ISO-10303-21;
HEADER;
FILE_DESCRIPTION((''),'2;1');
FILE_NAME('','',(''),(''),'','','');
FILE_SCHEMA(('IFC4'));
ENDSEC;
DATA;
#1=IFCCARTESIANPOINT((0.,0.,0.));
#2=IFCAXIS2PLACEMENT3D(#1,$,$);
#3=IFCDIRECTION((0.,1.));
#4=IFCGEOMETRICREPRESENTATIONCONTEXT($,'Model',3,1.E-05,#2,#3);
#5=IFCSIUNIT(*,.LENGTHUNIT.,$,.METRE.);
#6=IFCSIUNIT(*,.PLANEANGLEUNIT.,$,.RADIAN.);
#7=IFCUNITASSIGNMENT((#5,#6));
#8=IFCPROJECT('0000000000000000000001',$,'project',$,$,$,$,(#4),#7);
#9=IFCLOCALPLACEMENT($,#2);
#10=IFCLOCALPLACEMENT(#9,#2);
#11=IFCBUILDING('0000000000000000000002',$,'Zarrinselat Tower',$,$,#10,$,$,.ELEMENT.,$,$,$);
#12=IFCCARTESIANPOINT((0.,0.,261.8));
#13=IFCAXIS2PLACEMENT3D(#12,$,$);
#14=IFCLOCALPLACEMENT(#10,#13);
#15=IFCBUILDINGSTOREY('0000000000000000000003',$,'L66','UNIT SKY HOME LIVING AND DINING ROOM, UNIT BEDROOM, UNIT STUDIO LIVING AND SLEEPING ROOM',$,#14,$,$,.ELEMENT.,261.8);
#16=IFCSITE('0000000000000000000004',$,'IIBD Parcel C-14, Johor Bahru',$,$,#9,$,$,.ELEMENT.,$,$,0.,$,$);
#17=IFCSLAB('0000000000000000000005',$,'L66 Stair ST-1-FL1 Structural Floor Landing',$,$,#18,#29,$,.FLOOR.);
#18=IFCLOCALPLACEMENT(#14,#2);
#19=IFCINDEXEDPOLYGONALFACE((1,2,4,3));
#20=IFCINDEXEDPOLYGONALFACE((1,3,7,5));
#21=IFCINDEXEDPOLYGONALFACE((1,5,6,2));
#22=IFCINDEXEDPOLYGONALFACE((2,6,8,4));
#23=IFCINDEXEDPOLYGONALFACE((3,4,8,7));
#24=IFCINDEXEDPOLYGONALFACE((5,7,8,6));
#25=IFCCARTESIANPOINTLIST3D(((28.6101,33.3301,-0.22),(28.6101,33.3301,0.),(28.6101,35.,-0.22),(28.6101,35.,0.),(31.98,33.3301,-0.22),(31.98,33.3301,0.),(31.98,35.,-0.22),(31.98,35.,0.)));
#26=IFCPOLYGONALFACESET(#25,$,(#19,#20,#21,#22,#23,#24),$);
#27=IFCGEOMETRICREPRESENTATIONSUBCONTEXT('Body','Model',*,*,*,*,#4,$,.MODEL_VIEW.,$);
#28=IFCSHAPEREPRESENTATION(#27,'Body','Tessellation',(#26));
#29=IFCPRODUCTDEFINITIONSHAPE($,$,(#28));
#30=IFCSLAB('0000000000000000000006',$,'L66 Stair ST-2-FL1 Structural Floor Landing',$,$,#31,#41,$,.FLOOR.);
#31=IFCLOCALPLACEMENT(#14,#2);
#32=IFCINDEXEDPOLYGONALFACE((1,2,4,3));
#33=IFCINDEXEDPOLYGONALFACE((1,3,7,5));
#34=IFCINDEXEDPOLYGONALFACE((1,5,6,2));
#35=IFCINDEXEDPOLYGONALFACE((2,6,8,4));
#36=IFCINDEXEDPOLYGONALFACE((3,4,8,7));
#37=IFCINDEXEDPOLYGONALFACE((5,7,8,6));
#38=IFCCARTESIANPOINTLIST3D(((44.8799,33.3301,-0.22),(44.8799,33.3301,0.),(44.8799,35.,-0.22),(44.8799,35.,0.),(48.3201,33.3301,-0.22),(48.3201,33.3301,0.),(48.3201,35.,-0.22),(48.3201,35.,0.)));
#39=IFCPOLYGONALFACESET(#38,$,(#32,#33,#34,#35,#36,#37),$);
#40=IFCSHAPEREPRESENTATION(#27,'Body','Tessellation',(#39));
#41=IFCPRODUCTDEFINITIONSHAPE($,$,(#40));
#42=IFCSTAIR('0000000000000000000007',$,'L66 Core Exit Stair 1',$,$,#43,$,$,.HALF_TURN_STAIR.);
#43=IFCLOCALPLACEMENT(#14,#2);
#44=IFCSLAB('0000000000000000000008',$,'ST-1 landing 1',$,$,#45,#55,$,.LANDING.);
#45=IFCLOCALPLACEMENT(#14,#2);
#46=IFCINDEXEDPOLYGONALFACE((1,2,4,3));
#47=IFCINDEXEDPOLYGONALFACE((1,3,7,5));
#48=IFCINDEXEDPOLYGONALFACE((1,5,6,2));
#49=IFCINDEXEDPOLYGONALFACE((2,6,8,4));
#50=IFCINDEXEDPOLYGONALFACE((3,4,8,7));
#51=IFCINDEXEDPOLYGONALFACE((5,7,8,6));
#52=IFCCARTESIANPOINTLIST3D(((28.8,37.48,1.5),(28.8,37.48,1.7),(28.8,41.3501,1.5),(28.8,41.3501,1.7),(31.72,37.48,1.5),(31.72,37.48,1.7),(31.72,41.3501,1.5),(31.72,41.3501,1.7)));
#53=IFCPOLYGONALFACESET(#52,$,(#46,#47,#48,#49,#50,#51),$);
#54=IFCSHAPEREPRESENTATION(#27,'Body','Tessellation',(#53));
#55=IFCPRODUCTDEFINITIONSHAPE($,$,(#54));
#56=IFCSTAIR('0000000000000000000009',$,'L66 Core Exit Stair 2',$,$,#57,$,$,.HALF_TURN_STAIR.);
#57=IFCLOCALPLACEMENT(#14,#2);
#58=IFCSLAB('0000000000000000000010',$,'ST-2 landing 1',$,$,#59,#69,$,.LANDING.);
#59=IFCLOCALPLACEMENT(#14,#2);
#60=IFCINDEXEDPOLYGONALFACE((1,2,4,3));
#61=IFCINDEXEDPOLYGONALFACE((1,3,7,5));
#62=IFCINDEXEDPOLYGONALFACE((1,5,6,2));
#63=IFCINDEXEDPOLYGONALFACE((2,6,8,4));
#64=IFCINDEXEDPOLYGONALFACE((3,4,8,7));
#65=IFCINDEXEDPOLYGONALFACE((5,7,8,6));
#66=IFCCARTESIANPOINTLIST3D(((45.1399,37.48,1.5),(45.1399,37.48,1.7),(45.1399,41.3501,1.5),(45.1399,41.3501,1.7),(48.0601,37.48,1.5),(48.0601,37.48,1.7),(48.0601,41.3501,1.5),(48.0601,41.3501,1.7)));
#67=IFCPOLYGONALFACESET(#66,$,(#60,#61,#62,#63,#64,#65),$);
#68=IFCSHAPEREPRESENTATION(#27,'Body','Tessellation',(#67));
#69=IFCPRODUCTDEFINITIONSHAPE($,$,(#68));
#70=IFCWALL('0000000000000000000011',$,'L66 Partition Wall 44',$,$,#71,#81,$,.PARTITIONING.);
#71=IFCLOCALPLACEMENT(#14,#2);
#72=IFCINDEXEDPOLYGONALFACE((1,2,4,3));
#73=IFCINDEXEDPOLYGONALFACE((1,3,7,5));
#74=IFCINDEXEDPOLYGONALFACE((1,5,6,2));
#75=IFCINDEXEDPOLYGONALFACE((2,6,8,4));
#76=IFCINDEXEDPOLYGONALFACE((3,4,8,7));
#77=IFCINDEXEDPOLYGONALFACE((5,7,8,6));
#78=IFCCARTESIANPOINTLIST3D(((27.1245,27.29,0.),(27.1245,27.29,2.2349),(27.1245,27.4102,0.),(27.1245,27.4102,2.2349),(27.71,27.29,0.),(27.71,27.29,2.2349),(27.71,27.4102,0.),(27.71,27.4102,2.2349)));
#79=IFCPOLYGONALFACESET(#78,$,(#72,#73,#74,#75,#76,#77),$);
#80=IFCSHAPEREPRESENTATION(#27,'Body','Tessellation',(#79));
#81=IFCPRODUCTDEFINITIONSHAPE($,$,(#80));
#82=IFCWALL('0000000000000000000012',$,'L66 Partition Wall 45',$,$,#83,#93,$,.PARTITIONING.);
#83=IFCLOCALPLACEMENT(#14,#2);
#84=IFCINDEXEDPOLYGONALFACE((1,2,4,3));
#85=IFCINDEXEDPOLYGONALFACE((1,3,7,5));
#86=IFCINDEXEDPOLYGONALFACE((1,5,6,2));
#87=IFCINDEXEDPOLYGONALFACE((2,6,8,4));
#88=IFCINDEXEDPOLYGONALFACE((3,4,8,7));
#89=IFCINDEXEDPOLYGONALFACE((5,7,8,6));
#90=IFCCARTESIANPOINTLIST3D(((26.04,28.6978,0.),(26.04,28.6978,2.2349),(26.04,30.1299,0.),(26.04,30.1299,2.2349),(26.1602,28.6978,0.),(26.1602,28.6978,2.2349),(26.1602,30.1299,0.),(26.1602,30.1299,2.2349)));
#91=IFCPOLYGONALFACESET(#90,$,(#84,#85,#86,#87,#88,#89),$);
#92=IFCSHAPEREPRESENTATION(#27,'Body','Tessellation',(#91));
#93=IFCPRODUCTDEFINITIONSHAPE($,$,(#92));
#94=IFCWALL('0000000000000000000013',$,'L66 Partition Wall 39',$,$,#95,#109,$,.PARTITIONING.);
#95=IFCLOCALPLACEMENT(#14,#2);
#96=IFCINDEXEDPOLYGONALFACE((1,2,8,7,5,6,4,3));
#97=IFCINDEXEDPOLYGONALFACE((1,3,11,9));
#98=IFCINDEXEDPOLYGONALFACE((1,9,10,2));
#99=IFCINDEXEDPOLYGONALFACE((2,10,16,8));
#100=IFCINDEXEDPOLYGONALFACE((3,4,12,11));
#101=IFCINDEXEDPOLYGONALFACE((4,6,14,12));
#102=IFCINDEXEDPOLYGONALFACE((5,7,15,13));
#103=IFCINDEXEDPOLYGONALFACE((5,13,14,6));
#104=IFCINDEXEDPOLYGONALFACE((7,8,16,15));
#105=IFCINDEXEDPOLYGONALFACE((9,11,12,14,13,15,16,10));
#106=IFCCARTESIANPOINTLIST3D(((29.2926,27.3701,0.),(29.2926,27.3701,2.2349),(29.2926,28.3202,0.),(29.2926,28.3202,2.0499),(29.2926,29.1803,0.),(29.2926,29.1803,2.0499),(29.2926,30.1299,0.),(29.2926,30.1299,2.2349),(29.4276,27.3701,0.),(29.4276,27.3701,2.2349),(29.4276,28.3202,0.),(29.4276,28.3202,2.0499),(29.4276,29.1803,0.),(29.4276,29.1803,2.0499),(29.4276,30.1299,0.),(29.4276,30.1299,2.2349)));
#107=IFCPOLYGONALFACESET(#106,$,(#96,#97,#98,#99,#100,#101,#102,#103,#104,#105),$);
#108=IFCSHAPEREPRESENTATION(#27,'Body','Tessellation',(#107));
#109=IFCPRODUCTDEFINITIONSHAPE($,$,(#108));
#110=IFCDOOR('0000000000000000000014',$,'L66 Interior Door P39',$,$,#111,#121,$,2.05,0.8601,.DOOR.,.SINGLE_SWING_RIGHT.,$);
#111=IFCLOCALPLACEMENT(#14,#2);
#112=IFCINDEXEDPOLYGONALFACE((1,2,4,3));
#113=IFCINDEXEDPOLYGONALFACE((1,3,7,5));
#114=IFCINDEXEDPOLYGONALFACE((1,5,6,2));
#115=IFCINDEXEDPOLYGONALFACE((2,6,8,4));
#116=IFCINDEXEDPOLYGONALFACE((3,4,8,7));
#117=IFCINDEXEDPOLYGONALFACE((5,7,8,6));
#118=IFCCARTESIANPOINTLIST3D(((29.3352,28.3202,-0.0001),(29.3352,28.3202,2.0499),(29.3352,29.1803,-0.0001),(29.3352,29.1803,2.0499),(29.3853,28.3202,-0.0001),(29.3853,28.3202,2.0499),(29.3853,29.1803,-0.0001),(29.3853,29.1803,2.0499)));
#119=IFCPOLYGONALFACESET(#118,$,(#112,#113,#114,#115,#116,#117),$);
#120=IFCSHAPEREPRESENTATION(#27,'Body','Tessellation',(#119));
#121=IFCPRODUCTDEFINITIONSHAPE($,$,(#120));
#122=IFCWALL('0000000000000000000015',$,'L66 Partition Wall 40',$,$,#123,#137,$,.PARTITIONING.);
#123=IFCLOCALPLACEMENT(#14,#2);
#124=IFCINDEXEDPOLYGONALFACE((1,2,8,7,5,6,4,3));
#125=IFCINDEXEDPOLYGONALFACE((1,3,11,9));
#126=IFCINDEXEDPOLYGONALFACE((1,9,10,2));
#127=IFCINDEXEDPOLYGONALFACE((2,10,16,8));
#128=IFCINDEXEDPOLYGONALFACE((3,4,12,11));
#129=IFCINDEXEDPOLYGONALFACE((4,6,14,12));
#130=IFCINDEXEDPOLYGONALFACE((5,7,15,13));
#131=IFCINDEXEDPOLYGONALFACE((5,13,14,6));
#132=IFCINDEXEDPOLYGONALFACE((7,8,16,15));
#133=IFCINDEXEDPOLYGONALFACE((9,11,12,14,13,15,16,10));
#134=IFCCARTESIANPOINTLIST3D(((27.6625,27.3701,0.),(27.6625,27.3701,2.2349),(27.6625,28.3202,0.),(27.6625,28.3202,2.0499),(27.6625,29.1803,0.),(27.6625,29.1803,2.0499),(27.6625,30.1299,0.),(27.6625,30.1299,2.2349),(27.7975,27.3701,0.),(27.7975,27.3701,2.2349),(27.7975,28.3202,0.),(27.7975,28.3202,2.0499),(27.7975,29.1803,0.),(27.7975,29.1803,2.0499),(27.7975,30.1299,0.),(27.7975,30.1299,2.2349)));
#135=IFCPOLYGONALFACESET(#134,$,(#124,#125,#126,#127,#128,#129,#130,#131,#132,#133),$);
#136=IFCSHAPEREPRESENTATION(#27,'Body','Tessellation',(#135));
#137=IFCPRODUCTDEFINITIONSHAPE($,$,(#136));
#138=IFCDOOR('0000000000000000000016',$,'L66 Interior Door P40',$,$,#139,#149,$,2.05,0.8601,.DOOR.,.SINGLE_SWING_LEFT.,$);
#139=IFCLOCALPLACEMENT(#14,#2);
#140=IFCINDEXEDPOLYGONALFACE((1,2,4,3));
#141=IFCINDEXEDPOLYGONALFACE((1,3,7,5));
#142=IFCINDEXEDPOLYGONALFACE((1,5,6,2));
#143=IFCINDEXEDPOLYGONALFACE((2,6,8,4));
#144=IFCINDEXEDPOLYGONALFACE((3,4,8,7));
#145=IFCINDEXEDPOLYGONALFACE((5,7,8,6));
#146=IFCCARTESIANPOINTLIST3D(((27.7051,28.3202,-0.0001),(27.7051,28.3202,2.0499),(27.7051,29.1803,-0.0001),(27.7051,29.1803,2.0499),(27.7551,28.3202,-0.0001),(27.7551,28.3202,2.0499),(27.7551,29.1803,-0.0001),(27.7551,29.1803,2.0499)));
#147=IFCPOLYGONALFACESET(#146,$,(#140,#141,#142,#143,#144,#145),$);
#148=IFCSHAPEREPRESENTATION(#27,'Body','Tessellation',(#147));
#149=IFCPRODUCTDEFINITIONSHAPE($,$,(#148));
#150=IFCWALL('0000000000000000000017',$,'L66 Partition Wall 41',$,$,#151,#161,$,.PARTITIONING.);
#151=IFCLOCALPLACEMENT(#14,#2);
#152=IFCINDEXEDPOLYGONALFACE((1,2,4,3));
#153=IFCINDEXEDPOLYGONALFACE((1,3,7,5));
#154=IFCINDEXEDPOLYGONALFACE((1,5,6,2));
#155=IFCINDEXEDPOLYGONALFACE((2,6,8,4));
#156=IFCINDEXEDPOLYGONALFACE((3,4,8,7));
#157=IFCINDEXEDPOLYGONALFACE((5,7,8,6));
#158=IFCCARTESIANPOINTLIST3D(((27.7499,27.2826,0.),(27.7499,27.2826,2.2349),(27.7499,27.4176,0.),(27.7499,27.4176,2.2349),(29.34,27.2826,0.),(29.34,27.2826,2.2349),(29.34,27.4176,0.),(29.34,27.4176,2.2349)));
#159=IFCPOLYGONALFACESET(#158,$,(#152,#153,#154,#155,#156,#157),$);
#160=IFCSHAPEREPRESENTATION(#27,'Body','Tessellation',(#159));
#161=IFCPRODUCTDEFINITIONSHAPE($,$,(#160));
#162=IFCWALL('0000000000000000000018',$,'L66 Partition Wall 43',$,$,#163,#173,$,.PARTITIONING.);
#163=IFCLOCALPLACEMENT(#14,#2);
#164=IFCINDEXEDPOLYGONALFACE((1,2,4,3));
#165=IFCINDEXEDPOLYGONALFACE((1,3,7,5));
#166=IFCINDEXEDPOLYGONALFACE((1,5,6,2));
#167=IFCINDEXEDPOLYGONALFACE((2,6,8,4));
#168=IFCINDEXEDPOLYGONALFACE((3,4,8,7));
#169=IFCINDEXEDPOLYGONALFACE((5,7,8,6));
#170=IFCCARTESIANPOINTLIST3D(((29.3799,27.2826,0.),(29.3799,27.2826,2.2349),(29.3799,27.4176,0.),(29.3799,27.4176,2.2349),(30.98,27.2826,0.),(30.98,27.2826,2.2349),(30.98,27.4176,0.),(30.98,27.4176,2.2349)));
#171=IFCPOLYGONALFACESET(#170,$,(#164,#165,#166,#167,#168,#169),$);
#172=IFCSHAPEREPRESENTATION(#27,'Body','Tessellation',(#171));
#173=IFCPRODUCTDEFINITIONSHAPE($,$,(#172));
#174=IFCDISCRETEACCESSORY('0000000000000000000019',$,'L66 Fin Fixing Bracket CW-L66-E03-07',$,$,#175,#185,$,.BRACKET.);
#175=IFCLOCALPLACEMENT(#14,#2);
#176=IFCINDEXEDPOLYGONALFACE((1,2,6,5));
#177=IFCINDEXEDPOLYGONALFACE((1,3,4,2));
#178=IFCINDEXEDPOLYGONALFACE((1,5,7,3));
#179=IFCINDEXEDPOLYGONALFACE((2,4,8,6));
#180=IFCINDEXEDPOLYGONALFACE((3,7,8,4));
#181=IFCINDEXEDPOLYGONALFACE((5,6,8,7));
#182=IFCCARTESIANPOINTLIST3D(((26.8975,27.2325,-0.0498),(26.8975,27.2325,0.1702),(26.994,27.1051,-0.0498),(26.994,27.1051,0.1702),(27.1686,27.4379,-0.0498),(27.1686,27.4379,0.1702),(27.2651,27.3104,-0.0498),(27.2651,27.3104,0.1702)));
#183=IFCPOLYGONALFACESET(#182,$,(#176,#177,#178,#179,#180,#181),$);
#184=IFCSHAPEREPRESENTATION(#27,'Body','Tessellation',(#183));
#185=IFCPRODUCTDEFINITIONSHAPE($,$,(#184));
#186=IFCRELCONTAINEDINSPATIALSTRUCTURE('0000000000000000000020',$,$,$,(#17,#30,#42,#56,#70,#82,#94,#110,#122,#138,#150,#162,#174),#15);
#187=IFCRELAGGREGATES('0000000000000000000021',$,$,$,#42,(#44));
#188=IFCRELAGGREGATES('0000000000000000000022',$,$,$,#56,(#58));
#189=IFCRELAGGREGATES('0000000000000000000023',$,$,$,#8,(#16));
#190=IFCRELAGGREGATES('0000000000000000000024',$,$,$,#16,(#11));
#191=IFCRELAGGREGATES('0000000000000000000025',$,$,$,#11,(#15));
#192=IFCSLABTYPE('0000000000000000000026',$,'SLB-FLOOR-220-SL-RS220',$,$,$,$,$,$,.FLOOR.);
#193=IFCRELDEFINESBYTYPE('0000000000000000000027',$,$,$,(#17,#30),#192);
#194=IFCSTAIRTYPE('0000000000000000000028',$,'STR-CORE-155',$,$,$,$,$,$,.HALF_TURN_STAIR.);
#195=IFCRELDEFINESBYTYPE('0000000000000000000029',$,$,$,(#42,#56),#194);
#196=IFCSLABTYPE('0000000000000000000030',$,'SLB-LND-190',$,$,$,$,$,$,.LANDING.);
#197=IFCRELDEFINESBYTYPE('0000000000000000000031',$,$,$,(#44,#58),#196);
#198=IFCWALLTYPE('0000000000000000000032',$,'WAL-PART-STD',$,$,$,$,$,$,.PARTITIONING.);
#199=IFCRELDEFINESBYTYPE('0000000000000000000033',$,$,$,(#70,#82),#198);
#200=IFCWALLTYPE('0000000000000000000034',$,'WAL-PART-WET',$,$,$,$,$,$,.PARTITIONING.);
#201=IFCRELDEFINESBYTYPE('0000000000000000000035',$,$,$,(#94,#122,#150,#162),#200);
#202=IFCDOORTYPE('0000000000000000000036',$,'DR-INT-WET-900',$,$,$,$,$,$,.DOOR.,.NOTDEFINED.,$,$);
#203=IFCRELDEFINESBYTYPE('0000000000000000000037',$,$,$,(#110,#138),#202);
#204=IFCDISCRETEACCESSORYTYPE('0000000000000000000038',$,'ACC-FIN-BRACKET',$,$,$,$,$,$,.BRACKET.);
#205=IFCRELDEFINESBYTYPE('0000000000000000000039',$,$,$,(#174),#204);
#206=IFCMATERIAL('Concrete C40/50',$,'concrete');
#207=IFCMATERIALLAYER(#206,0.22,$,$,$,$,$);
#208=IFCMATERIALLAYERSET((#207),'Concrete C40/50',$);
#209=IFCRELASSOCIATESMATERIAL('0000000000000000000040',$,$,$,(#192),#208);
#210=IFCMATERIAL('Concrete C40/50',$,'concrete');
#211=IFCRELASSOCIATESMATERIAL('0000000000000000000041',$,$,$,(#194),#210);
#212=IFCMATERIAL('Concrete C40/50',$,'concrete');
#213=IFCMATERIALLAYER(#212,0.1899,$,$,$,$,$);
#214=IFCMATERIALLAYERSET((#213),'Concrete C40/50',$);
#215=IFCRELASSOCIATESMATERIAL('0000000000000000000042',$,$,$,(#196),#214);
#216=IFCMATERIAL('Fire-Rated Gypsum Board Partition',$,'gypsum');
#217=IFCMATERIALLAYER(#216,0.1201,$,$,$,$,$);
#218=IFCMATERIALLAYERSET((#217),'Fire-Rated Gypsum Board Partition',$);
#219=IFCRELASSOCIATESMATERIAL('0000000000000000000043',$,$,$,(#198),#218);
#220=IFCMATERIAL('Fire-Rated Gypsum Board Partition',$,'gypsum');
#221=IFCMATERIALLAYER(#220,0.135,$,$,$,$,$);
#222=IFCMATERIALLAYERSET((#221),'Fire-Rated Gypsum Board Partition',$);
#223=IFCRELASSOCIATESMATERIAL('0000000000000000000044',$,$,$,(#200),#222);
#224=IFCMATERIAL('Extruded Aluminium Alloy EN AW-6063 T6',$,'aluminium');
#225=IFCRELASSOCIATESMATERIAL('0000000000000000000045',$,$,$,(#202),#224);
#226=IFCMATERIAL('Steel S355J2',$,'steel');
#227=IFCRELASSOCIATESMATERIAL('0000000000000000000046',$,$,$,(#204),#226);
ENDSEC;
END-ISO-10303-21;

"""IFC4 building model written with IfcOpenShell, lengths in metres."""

from ifc_helpers import new_model, si_unit, direction, frame, frame_2d, origin, origin_2d, place, context, subcontext, project, spatial, polyline, rectangle, outline, extrude, material, layer, layer_set, type_object, element, fill, aggregate, save


model = new_model("IFC4")

# Units and contexts
model_context = context("Model", 3, precision=1e-05, world=origin(), true_north=direction((0.0, 1.0)))
body_context = subcontext(model_context, "Body", "Model", "MODEL_VIEW")
ifc_project = project(units=[si_unit("LENGTHUNIT", "METRE"), si_unit("PLANEANGLEUNIT", "RADIAN")], contexts=[model_context])

# Site, building, storey
site_placement = place(None, origin())
site = spatial("IfcSite", under=ifc_project, at=site_placement, Name="IIBD Parcel C-14, Johor Bahru", CompositionType="ELEMENT", RefElevation=0.0)
building_placement = place(site_placement, origin())
building = spatial("IfcBuilding", under=site, at=building_placement, Name="Zarrinselat Tower", CompositionType="ELEMENT")
storey_placement = place(building_placement, frame((0.0, 0.0, 261.8)))
storey = spatial("IfcBuildingStorey", under=building, at=storey_placement, Name="L66", Description="UNIT SKY HOME LIVING AND DINING ROOM, UNIT BEDROOM, UNIT STUDIO LIVING AND SLEEPING ROOM", CompositionType="ELEMENT", Elevation=261.8)

# Slabs
ifc_material_1 = material(Name="Concrete C40/50", Category="concrete")
ifc_layer_1 = layer(ifc_material_1, 0.22)
ifc_layer_set_1 = layer_set([ifc_layer_1], Name="Concrete C40/50")
slab_type_1 = type_object("IfcSlabType", Name="SLB-FLOOR-220-SL-RS220", PredefinedType="FLOOR", material=ifc_layer_set_1)
slab_1_placement = place(storey_placement, frame((0.0, 0.0, -0.22)))
element("IfcSlab", 1, at=slab_1_placement, inside=storey, type_object=slab_type_1, Name="L66 Stair ST-1-FL1 Structural Floor Landing", PredefinedType="FLOOR", context=body_context, shape_type="SweptSolid", body=[
    extrude(outline(polyline([(31.98, 33.3301), (31.98, 35.0), (28.6101, 35.0), (28.6101, 33.3301), (31.98, 33.3301)])), origin(), (0.0, 0.0, 1.0), 0.22),
])
slab_2_placement = place(storey_placement, frame((0.0, 0.0, -0.22)))
element("IfcSlab", 2, at=slab_2_placement, inside=storey, type_object=slab_type_1, Name="L66 Stair ST-2-FL1 Structural Floor Landing", PredefinedType="FLOOR", context=body_context, shape_type="SweptSolid", body=[
    extrude(outline(polyline([(48.3201, 33.3301), (48.3201, 35.0), (44.8799, 35.0), (44.8799, 33.3301), (48.3201, 33.3301)])), origin(), (0.0, 0.0, 1.0), 0.22),
])

# Stairs, slabs
ifc_material_2 = material(Name="Concrete C40/50", Category="concrete")
stair_type = type_object("IfcStairType", Name="STR-CORE-155", PredefinedType="HALF_TURN_STAIR", material=ifc_material_2)
stair_1_placement = place(storey_placement, origin())
stair_1 = element("IfcStair", 3, at=stair_1_placement, inside=storey, type_object=stair_type, Name="L66 Core Exit Stair 1", PredefinedType="HALF_TURN_STAIR")
ifc_material_3 = material(Name="Concrete C40/50", Category="concrete")
ifc_layer_2 = layer(ifc_material_3, 0.1899)
ifc_layer_set_2 = layer_set([ifc_layer_2], Name="Concrete C40/50")
slab_type_2 = type_object("IfcSlabType", Name="SLB-LND-190", PredefinedType="LANDING", material=ifc_layer_set_2)
slab_3_placement = place(storey_placement, frame((0.0, 0.0, 1.5)))
slab_3 = element("IfcSlab", 4, at=slab_3_placement, type_object=slab_type_2, Name="ST-1 landing 1", PredefinedType="LANDING", context=body_context, shape_type="SweptSolid", body=[
    extrude(outline(polyline([(31.72, 37.48), (31.72, 41.3501), (28.8, 41.3501), (28.8, 37.48), (31.72, 37.48)])), origin(), (0.0, 0.0, 1.0), 0.2),
])
aggregate(stair_1, [slab_3])
stair_2_placement = place(storey_placement, origin())
stair_2 = element("IfcStair", 5, at=stair_2_placement, inside=storey, type_object=stair_type, Name="L66 Core Exit Stair 2", PredefinedType="HALF_TURN_STAIR")
slab_4_placement = place(storey_placement, frame((0.0, 0.0, 1.5)))
slab_4 = element("IfcSlab", 6, at=slab_4_placement, type_object=slab_type_2, Name="ST-2 landing 1", PredefinedType="LANDING", context=body_context, shape_type="SweptSolid", body=[
    extrude(outline(polyline([(48.0601, 37.48), (48.0601, 41.3501), (45.1399, 41.3501), (45.1399, 37.48), (48.0601, 37.48)])), origin(), (0.0, 0.0, 1.0), 0.2),
])
aggregate(stair_2, [slab_4])

# Walls
ifc_material_4 = material(Name="Fire-Rated Gypsum Board Partition", Category="gypsum")
ifc_layer_3 = layer(ifc_material_4, 0.1201)
ifc_layer_set_3 = layer_set([ifc_layer_3], Name="Fire-Rated Gypsum Board Partition")
wall_type_1 = type_object("IfcWallType", Name="WAL-PART-STD", PredefinedType="PARTITIONING", material=ifc_layer_set_3)
wall_1_placement = place(storey_placement, frame((27.1245, 27.3501, 0.0), z_axis=(0.0, 0.0, 1.0), x_axis=(1.0, 0.0, 0.0)))
element("IfcWall", 7, at=wall_1_placement, inside=storey, type_object=wall_type_1, Name="L66 Partition Wall 44", PredefinedType="PARTITIONING", context=body_context, shape_type="SweptSolid", body=[
    extrude(rectangle(XDim=0.5854, YDim=0.1201, at=frame_2d((0.2927, 0.0))), origin(), (0.0, 0.0, 1.0), 2.2349),
])
wall_2_placement = place(storey_placement, frame((26.1001, 28.6978, 0.0), z_axis=(0.0, 0.0, 1.0), x_axis=(0.0, 1.0, 0.0)))
element("IfcWall", 8, at=wall_2_placement, inside=storey, type_object=wall_type_1, Name="L66 Partition Wall 45", PredefinedType="PARTITIONING", context=body_context, shape_type="SweptSolid", body=[
    extrude(rectangle(XDim=1.4321, YDim=0.1201, at=frame_2d((0.7161, 0.0))), origin(), (0.0, 0.0, 1.0), 2.2349),
])

# Walls, openings, doors
ifc_material_5 = material(Name="Fire-Rated Gypsum Board Partition", Category="gypsum")
ifc_layer_4 = layer(ifc_material_5, 0.135)
ifc_layer_set_4 = layer_set([ifc_layer_4], Name="Fire-Rated Gypsum Board Partition")
wall_type_2 = type_object("IfcWallType", Name="WAL-PART-WET", PredefinedType="PARTITIONING", material=ifc_layer_set_4)
wall_3_placement = place(storey_placement, frame((29.3601, 27.3701, 0.0), z_axis=(0.0, 0.0, 1.0), x_axis=(0.0, 1.0, 0.0)))
wall_3 = element("IfcWall", 9, at=wall_3_placement, inside=storey, type_object=wall_type_2, Name="L66 Partition Wall 39", PredefinedType="PARTITIONING", context=body_context, shape_type="SweptSolid", body=[
    extrude(rectangle(XDim=2.7598, YDim=0.135, at=frame_2d((1.3799, 0.0))), origin(), (0.0, 0.0, 1.0), 2.2349),
])
opening_1_placement = place(wall_3_placement, frame((0.95, 0.0, 0.0)))
opening_1 = element("IfcOpeningElement", 10, at=opening_1_placement, cuts=wall_3, PredefinedType="OPENING", context=body_context, shape_type="SweptSolid", body=[
    extrude(rectangle(XDim=0.8601, YDim=2.05, at=frame_2d((0.4302, 1.0249))), frame((0.0, 0.0774, 0.0), z_axis=(0.0, -1.0, 0.0), x_axis=(1.0, 0.0, 0.0)), (0.0, 0.0, 1.0), 0.155),
])
ifc_material_6 = material(Name="Extruded Aluminium Alloy EN AW-6063 T6", Category="aluminium")
door_type = type_object("IfcDoorType", Name="DR-INT-WET-900", OperationType="NOTDEFINED", PredefinedType="DOOR", material=ifc_material_6)
door_1_placement = place(opening_1_placement, origin())
door_1 = element("IfcDoor", 11, at=door_1_placement, inside=storey, type_object=door_type, Name="L66 Interior Door P39", OperationType="SINGLE_SWING_RIGHT", OverallHeight=2.05, OverallWidth=0.8601, PredefinedType="DOOR", context=body_context, shape_type="SweptSolid", body=[
    extrude(rectangle(XDim=0.8601, YDim=2.05, at=frame_2d((0.4302, 1.0249))), frame((0.0, 0.0249, 0.0), z_axis=(0.0, -1.0, 0.0), x_axis=(1.0, 0.0, 0.0)), (0.0, 0.0, 1.0), 0.05),
])
fill(opening_1, door_1)
wall_4_placement = place(storey_placement, frame((27.73, 27.3701, 0.0), z_axis=(0.0, 0.0, 1.0), x_axis=(0.0, 1.0, 0.0)))
wall_4 = element("IfcWall", 12, at=wall_4_placement, inside=storey, type_object=wall_type_2, Name="L66 Partition Wall 40", PredefinedType="PARTITIONING", context=body_context, shape_type="SweptSolid", body=[
    extrude(rectangle(XDim=2.7598, YDim=0.135, at=frame_2d((1.3799, 0.0))), origin(), (0.0, 0.0, 1.0), 2.2349),
])
opening_2_placement = place(wall_4_placement, frame((0.95, 0.0, 0.0)))
opening_2 = element("IfcOpeningElement", 13, at=opening_2_placement, cuts=wall_4, PredefinedType="OPENING", context=body_context, shape_type="SweptSolid", body=[
    extrude(rectangle(XDim=0.8601, YDim=2.05, at=frame_2d((0.4302, 1.0249))), frame((0.0, 0.0774, 0.0), z_axis=(0.0, -1.0, 0.0), x_axis=(1.0, 0.0, 0.0)), (0.0, 0.0, 1.0), 0.155),
])
door_2_placement = place(opening_2_placement, origin())
door_2 = element("IfcDoor", 14, at=door_2_placement, inside=storey, type_object=door_type, Name="L66 Interior Door P40", OperationType="SINGLE_SWING_LEFT", OverallHeight=2.05, OverallWidth=0.8601, PredefinedType="DOOR", context=body_context, shape_type="SweptSolid", body=[
    extrude(rectangle(XDim=0.8601, YDim=2.05, at=frame_2d((0.4302, 1.0249))), frame((0.0, 0.0249, 0.0), z_axis=(0.0, -1.0, 0.0), x_axis=(1.0, 0.0, 0.0)), (0.0, 0.0, 1.0), 0.05),
])
fill(opening_2, door_2)

# Walls
wall_5_placement = place(storey_placement, frame((27.75, 27.3501, 0.0), z_axis=(0.0, 0.0, 1.0), x_axis=(1.0, 0.0, 0.0)))
element("IfcWall", 15, at=wall_5_placement, inside=storey, type_object=wall_type_2, Name="L66 Partition Wall 41", PredefinedType="PARTITIONING", context=body_context, shape_type="SweptSolid", body=[
    extrude(rectangle(XDim=1.5901, YDim=0.135, at=frame_2d((0.7949, 0.0))), origin(), (0.0, 0.0, 1.0), 2.2349),
])
wall_6_placement = place(storey_placement, frame((29.3799, 27.3501, 0.0), z_axis=(0.0, 0.0, 1.0), x_axis=(1.0, 0.0, 0.0)))
element("IfcWall", 16, at=wall_6_placement, inside=storey, type_object=wall_type_2, Name="L66 Partition Wall 43", PredefinedType="PARTITIONING", context=body_context, shape_type="SweptSolid", body=[
    extrude(rectangle(XDim=1.6001, YDim=0.135, at=frame_2d((0.8, 0.0))), origin(), (0.0, 0.0, 1.0), 2.2349),
])

# Discrete accessory
ifc_material_7 = material(Name="Steel S355J2", Category="steel")
discrete_accessory_type = type_object("IfcDiscreteAccessoryType", Name="ACC-FIN-BRACKET", PredefinedType="BRACKET", material=ifc_material_7)
discrete_accessory_placement = place(storey_placement, frame((27.0813, 27.2715, -0.0498), z_axis=(0.0, 0.0, 1.0), x_axis=(-0.797092, -0.603858, 0.0)))
element("IfcDiscreteAccessory", 17, at=discrete_accessory_placement, inside=storey, type_object=discrete_accessory_type, Name="L66 Fin Fixing Bracket CW-L66-E03-07", PredefinedType="BRACKET", context=body_context, shape_type="SweptSolid", body=[
    extrude(rectangle(XDim=0.3401, YDim=0.1599, at=origin_2d()), origin(), (0.0, 0.0, 1.0), 0.22),
])

save(model, "model.ifc")
